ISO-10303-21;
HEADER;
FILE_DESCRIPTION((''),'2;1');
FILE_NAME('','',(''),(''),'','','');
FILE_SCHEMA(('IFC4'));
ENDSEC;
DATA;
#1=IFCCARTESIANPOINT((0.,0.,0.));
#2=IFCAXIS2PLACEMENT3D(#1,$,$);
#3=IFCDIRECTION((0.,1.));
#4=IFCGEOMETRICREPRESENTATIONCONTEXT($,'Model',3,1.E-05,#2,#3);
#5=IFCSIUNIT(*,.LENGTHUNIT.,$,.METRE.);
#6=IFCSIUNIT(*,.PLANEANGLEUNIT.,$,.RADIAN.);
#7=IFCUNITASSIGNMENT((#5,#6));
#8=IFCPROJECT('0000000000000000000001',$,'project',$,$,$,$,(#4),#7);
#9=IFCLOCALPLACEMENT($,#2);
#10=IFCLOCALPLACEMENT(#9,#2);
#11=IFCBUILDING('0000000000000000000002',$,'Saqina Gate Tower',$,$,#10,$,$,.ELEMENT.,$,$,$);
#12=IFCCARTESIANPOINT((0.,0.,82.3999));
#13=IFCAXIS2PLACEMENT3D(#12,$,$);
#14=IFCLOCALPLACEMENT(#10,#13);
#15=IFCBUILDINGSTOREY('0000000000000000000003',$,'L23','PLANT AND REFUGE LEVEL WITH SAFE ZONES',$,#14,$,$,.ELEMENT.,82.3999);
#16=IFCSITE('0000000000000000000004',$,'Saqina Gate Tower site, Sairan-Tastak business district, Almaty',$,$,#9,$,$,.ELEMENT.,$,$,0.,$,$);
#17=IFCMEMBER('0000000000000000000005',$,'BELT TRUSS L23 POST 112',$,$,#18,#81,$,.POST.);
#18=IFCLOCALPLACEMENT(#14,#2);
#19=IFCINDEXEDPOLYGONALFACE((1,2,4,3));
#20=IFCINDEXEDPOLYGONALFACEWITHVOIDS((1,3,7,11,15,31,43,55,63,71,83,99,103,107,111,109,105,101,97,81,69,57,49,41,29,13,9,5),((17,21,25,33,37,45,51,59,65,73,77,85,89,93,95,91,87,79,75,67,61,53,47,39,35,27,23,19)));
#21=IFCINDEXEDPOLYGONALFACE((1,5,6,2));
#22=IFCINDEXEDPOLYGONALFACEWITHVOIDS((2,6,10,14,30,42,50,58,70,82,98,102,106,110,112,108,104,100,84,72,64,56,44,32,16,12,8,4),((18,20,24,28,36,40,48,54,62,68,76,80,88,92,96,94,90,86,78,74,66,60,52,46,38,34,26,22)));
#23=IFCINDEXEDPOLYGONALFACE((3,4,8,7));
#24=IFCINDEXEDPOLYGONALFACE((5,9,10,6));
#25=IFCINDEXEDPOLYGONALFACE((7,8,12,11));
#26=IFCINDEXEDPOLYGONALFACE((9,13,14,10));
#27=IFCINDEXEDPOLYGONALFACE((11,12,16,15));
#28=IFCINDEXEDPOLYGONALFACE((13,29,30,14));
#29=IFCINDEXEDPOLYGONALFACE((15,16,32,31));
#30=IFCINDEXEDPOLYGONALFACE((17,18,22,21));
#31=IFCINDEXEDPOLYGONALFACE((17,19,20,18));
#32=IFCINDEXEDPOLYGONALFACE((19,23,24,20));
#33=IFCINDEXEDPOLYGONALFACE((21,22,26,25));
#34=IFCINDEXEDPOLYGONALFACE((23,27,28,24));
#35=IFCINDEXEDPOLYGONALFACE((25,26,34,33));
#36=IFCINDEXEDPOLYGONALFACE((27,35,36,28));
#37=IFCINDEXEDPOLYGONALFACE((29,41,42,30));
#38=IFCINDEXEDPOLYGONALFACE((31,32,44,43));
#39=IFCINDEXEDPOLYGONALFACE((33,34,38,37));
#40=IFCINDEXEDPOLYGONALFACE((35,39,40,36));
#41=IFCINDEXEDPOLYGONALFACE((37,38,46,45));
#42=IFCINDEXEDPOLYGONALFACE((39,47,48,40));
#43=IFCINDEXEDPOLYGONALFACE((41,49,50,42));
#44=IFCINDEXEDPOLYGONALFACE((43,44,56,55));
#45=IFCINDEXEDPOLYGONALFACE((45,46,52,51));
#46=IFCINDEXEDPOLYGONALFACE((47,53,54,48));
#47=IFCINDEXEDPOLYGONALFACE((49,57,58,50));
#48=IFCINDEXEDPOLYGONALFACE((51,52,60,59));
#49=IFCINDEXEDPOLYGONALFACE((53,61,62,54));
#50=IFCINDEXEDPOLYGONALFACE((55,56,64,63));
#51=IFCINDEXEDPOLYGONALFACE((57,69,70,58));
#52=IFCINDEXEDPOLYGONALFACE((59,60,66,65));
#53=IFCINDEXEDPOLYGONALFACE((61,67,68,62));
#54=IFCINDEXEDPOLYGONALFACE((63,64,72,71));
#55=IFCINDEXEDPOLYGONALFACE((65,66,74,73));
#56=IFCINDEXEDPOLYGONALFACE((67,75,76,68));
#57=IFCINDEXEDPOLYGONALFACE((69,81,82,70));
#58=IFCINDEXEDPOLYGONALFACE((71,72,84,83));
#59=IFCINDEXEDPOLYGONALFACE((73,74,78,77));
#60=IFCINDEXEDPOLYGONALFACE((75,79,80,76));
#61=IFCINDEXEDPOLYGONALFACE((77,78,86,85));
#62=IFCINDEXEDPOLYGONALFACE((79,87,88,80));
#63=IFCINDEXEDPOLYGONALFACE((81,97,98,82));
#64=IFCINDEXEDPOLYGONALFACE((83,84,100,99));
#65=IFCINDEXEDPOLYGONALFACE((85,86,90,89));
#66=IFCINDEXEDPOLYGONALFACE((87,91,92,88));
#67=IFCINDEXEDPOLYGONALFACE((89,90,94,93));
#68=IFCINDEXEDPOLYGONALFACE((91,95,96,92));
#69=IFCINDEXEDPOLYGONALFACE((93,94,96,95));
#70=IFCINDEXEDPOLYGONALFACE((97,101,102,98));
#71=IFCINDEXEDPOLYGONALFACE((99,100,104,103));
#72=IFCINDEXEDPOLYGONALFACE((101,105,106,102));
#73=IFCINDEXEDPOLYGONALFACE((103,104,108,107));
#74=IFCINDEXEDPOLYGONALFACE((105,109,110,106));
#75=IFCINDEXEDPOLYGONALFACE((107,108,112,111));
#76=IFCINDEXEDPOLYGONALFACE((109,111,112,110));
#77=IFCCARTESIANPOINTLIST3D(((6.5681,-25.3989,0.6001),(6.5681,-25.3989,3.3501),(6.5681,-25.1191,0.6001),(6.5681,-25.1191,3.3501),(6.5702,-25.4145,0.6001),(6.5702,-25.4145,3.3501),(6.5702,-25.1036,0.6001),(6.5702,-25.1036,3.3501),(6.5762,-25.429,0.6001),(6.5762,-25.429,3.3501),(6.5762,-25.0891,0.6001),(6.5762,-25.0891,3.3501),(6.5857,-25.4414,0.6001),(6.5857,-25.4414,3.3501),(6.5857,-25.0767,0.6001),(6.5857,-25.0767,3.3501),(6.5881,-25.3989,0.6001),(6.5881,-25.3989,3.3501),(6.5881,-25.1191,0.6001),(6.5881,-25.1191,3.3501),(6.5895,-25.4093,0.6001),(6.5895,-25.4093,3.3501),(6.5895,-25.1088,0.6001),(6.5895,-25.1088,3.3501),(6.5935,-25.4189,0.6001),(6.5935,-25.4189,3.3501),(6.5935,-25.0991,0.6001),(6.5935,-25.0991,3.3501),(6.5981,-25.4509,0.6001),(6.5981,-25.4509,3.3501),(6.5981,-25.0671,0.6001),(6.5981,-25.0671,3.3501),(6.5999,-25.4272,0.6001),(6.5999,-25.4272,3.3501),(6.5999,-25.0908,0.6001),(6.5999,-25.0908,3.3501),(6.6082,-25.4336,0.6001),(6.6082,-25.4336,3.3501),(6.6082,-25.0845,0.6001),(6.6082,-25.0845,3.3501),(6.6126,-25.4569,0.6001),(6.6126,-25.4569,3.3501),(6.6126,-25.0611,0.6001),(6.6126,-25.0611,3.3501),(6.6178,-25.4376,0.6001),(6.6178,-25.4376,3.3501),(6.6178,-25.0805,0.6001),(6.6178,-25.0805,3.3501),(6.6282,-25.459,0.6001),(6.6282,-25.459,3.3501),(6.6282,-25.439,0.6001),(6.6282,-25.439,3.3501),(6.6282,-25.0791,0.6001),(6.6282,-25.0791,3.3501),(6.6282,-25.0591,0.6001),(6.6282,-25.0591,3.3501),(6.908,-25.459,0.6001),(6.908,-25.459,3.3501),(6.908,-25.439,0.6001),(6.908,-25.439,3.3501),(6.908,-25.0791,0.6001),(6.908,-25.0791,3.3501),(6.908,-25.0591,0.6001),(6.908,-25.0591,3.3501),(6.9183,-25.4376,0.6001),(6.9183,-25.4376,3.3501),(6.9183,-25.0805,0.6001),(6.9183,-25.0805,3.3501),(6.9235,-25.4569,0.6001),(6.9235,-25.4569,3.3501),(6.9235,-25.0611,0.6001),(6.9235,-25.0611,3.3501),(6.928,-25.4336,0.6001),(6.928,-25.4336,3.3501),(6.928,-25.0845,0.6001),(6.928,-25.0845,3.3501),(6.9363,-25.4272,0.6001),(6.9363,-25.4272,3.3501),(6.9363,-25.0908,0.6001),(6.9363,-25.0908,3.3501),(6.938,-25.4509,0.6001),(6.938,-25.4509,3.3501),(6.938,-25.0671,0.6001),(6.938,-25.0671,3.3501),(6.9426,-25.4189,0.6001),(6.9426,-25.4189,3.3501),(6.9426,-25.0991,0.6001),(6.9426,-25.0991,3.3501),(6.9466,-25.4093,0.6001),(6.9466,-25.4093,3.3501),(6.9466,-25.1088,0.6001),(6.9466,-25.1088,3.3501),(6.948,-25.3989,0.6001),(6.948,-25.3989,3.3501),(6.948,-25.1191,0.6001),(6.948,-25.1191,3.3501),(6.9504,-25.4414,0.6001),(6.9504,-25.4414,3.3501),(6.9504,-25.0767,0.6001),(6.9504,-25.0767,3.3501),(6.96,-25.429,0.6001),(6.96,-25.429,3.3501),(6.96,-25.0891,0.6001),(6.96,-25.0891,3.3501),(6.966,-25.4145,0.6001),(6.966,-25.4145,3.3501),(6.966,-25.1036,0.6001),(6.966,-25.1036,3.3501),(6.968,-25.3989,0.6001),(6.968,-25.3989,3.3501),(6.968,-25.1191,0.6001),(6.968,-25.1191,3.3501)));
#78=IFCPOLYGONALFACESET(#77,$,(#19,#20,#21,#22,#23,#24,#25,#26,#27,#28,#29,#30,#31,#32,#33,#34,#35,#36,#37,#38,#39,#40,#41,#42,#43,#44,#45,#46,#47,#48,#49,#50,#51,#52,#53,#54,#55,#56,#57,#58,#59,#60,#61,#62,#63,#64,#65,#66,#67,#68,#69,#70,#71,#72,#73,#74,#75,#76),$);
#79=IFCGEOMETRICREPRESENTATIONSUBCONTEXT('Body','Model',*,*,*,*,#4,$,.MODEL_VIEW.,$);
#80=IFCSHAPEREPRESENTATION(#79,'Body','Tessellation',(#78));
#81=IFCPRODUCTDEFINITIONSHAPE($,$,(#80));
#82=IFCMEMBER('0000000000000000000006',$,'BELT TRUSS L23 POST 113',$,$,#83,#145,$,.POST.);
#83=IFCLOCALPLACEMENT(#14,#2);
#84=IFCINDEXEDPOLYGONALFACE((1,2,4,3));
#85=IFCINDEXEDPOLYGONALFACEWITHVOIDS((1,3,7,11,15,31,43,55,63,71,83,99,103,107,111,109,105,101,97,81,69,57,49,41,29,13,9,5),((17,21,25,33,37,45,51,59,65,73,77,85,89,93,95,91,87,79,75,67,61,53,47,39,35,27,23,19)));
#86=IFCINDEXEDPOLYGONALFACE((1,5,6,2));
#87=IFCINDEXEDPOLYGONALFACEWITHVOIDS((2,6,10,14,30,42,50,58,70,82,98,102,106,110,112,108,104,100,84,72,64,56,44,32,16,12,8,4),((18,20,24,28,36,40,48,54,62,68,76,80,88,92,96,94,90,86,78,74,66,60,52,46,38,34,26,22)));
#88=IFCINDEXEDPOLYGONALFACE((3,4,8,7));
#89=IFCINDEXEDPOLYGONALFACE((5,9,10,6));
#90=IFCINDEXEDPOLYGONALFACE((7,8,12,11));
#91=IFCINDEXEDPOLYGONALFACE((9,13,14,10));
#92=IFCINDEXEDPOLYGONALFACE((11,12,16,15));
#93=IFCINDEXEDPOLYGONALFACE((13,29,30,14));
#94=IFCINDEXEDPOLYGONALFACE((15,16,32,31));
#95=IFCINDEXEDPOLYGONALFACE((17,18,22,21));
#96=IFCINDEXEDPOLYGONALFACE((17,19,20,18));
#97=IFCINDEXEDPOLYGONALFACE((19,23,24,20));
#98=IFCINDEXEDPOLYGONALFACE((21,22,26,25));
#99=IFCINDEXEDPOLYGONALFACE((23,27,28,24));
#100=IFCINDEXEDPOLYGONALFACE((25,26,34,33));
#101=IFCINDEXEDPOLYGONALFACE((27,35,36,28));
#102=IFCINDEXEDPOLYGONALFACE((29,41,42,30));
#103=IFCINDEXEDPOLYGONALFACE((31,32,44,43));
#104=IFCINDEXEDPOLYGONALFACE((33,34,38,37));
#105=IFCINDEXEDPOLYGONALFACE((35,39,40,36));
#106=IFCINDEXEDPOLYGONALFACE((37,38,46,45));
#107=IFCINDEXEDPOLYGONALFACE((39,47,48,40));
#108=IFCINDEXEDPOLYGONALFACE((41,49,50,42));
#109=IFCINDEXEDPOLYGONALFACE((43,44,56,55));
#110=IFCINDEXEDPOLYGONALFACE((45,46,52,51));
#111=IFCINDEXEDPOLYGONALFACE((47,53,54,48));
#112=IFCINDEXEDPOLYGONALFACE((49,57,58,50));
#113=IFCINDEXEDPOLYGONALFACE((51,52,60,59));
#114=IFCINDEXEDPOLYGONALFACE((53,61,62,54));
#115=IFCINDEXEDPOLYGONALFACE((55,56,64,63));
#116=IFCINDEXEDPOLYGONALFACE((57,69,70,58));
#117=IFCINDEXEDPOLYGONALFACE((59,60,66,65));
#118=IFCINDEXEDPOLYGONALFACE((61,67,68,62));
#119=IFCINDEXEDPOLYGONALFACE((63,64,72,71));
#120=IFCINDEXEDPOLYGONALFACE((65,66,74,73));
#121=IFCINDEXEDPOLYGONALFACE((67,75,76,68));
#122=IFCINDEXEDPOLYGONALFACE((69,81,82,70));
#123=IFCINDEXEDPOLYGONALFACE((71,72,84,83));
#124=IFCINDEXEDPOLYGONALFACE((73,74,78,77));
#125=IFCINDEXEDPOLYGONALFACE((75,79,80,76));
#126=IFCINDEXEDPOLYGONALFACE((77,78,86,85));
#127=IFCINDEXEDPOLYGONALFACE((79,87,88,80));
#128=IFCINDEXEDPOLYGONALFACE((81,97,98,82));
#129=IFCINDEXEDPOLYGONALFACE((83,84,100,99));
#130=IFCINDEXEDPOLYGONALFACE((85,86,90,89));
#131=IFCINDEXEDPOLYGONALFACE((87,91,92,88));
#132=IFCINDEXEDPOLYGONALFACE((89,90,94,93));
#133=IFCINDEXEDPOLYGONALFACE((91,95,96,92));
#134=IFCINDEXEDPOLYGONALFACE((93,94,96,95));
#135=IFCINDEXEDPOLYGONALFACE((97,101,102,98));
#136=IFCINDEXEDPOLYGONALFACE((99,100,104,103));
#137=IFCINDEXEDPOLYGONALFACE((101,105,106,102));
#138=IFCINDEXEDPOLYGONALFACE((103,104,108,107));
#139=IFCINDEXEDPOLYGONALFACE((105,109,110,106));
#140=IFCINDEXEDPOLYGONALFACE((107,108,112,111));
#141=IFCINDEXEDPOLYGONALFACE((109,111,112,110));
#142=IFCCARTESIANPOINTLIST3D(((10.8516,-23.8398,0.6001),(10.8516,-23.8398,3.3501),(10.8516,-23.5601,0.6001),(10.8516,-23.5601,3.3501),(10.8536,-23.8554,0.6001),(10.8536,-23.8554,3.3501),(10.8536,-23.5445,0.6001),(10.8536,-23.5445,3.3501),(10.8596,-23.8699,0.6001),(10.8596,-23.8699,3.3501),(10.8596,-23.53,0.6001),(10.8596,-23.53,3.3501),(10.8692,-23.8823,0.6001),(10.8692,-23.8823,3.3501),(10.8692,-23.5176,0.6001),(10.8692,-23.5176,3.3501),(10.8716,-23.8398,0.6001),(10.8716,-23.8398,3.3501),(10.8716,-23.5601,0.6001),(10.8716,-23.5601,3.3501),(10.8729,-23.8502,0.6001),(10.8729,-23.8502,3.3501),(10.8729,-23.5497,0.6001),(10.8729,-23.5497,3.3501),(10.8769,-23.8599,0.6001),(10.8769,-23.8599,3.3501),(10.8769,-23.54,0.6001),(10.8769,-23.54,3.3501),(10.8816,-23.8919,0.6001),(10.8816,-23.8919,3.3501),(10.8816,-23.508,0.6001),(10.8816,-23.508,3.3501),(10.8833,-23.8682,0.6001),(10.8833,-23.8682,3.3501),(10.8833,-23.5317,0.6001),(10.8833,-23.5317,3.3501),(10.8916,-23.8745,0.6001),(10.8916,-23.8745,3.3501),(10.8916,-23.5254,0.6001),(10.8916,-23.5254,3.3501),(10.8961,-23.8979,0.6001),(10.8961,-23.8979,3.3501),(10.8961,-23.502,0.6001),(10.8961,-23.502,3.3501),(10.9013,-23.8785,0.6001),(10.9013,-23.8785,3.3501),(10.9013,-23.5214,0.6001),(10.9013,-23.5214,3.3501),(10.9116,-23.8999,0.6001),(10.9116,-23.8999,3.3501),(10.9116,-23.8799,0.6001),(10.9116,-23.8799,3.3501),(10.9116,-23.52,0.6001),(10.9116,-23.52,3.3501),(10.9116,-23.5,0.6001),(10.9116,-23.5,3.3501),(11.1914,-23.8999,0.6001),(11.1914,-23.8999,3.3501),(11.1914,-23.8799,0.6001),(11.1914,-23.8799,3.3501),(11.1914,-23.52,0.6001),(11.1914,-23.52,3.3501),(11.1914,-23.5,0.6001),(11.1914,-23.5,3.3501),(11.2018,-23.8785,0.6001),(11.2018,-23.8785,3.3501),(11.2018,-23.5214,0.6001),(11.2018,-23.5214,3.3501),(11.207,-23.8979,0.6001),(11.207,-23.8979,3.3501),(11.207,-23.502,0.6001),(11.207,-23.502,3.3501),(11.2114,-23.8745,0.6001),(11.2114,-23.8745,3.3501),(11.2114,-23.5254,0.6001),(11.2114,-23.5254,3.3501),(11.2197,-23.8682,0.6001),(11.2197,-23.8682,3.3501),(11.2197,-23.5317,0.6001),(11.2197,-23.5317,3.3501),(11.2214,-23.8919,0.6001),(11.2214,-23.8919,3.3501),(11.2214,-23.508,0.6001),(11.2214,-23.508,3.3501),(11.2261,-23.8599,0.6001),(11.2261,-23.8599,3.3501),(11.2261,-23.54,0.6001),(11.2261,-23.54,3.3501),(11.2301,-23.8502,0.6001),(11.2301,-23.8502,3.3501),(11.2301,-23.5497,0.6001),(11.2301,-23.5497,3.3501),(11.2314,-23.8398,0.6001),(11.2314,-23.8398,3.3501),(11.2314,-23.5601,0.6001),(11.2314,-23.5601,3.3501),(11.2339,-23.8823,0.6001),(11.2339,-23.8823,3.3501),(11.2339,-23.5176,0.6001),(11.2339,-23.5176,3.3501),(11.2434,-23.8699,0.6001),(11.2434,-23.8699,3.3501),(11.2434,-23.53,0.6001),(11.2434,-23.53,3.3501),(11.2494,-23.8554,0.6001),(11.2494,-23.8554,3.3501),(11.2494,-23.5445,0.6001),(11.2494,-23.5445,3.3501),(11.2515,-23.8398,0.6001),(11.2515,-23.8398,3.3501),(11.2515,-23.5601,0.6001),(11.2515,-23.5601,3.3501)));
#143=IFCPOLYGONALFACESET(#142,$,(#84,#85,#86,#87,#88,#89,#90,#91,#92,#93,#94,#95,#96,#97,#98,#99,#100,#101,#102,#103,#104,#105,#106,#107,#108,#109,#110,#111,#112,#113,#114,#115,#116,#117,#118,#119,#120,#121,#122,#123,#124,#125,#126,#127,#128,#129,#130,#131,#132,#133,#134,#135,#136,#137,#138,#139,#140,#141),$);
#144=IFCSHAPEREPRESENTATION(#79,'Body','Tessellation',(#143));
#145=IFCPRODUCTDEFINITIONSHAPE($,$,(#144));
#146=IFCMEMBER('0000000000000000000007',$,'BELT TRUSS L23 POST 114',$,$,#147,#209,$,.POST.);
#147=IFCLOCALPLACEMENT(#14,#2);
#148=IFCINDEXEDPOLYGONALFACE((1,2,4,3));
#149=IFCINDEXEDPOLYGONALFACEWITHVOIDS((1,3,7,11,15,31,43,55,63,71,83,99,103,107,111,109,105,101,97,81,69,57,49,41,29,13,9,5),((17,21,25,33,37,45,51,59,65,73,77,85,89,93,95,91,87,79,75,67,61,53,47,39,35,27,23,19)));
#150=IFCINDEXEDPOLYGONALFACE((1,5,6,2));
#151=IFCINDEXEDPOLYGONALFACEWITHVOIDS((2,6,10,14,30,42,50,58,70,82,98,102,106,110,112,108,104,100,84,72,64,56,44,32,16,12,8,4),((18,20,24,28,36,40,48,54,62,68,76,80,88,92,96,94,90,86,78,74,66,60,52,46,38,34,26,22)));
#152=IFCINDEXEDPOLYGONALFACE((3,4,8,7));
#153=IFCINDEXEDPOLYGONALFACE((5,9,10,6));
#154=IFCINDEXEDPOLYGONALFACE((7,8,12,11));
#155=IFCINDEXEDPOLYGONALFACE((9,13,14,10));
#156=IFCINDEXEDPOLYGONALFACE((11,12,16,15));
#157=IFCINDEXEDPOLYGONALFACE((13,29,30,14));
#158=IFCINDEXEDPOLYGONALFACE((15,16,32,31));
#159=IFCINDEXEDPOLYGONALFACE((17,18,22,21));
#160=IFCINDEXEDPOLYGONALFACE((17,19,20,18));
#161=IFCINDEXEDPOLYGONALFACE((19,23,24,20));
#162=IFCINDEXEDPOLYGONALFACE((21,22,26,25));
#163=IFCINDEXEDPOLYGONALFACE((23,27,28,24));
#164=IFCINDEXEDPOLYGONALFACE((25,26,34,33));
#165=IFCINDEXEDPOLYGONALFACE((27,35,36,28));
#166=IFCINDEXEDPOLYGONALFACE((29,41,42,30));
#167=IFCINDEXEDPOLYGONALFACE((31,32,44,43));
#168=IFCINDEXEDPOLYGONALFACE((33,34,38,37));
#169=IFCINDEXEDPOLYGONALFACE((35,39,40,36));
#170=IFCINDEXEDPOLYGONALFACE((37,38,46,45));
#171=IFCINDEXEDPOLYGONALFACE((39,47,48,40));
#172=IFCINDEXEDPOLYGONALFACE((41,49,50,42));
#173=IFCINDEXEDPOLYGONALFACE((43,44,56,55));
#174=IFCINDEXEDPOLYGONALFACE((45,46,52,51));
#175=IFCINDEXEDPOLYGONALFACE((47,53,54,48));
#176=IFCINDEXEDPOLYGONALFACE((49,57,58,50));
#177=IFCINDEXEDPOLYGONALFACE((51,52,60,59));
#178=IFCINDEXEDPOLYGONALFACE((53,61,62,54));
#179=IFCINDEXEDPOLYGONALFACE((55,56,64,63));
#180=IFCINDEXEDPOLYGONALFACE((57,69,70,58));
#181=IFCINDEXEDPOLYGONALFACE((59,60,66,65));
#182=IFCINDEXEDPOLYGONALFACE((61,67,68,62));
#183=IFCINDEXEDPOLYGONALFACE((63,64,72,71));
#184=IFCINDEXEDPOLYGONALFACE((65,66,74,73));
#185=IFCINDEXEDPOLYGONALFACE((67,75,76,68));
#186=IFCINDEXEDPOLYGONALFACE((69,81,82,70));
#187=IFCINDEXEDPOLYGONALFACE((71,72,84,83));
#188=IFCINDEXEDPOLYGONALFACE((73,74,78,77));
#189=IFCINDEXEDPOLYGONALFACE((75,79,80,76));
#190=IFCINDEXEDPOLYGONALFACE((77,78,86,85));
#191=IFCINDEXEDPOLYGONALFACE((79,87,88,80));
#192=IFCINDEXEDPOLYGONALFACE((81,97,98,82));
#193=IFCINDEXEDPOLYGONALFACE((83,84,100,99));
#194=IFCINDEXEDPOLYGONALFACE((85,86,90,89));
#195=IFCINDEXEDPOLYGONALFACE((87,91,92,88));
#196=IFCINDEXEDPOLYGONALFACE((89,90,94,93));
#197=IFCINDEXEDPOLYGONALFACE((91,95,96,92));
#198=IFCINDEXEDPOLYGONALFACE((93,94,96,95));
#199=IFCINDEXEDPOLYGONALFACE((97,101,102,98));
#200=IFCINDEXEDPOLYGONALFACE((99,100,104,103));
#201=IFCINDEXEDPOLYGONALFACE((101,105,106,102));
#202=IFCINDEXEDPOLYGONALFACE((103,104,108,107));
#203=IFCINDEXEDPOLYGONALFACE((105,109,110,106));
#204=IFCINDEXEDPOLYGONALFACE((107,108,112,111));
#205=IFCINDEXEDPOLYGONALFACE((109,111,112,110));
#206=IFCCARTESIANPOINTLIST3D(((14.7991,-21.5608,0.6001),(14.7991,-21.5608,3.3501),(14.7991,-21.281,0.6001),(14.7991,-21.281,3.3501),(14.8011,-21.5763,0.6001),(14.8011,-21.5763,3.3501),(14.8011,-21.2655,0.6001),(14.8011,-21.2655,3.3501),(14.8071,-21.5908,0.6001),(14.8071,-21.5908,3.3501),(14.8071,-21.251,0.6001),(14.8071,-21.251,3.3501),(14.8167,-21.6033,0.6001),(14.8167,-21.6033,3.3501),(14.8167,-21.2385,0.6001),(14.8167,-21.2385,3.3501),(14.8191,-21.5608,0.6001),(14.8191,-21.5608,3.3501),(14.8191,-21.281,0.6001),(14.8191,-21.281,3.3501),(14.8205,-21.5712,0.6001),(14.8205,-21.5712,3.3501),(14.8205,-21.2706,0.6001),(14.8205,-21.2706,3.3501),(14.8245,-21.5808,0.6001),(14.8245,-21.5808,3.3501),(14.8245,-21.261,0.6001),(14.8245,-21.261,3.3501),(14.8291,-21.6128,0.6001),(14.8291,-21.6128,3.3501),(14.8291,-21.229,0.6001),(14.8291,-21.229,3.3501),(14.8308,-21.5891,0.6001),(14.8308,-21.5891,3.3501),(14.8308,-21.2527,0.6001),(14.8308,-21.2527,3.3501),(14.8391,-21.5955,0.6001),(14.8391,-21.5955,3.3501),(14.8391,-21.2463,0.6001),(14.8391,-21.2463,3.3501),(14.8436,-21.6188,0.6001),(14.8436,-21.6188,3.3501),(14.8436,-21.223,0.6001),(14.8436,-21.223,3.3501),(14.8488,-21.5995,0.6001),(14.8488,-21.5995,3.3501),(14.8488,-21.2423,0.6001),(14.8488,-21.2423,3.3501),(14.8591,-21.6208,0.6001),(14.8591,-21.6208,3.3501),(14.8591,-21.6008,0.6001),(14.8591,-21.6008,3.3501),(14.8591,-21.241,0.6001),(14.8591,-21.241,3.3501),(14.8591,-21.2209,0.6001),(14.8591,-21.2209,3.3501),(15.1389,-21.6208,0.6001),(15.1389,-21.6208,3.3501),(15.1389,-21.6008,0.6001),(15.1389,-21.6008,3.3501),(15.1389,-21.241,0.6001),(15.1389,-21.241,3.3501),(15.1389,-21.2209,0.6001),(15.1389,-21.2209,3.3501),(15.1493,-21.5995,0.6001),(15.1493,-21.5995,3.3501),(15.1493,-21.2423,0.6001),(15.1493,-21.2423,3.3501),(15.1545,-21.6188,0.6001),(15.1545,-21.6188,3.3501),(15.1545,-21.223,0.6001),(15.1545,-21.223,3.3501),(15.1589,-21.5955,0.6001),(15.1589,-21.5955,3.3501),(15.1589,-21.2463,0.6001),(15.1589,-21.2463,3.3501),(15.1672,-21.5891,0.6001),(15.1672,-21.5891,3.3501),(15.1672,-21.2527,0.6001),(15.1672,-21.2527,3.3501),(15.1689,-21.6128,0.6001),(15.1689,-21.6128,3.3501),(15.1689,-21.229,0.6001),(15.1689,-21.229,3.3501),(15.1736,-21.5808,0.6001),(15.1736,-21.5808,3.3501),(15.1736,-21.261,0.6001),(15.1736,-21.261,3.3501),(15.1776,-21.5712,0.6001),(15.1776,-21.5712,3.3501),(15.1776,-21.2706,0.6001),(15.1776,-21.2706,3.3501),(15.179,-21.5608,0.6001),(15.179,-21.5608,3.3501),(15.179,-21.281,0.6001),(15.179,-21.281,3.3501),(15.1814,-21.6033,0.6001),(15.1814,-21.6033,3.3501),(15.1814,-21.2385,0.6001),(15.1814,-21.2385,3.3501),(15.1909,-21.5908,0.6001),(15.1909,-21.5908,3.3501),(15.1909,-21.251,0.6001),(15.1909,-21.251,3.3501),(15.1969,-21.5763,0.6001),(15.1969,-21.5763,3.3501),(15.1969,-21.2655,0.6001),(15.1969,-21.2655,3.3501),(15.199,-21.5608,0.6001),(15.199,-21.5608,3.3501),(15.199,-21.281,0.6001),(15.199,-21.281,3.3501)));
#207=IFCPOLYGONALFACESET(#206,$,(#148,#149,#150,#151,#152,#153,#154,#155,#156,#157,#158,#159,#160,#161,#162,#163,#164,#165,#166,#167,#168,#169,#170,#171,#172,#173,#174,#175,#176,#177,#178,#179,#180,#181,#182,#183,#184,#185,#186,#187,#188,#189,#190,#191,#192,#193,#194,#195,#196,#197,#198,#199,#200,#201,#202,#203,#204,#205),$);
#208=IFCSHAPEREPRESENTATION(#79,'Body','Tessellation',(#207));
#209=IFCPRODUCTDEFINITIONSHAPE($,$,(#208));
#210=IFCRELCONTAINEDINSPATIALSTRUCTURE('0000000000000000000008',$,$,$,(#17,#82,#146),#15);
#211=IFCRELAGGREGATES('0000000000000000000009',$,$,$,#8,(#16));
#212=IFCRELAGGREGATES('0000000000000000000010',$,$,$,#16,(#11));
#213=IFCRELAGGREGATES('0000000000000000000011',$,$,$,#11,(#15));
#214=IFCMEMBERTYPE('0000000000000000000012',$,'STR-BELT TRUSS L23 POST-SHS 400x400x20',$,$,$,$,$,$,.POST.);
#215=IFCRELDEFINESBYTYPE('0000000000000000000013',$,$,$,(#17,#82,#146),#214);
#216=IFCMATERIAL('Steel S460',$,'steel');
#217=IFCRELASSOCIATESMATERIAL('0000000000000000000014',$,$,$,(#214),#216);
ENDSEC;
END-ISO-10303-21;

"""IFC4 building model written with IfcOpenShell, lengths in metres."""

from ifc_helpers import new_model, si_unit, direction, frame, origin, origin_2d, place, context, subcontext, project, spatial, hollow_rectangle, extrude, material, material_profile, profile_set, type_object, element, save


model = new_model("IFC4")

# Units and contexts
model_context = context("Model", 3, precision=1e-05, world=origin(), true_north=direction((0.0, 1.0)))
body_context = subcontext(model_context, "Body", "Model", "MODEL_VIEW")
ifc_project = project(units=[si_unit("LENGTHUNIT", "METRE"), si_unit("PLANEANGLEUNIT", "RADIAN")], contexts=[model_context])

# Site, building, storey
site_placement = place(None, origin())
site = spatial("IfcSite", under=ifc_project, at=site_placement, Name="Saqina Gate Tower site, Sairan-Tastak business district, Almaty", CompositionType="ELEMENT", RefElevation=0.0)
building_placement = place(site_placement, origin())
building = spatial("IfcBuilding", under=site, at=building_placement, Name="Saqina Gate Tower", CompositionType="ELEMENT")
storey_placement = place(building_placement, frame((0.0, 0.0, 82.3999)))
storey = spatial("IfcBuildingStorey", under=building, at=storey_placement, Name="L23", Description="PLANT AND REFUGE LEVEL WITH SAFE ZONES", CompositionType="ELEMENT", Elevation=82.3999)

# Members
ifc_material_1 = material(Name="Steel S460", Category="steel")
ifc_material_profile_1 = material_profile(ifc_material_1, hollow_rectangle(XDim=0.3999, YDim=0.3999, WallThickness=0.02, InnerFilletRadius=0.04, OuterFilletRadius=0.0601, at=origin_2d()), Name="SHS 400x400x20")
ifc_profile_set_1 = profile_set([ifc_material_profile_1], Name="Steel S460")
member_type_1 = type_object("IfcMemberType", Name="STR-BELT TRUSS L23 POST-SHS 400x400x20", PredefinedType="POST", material=ifc_profile_set_1)
for number, where, z_axis, x_axis, name in (
    (1, (6.7681, -25.259, 0.6001), (0.0, 0.0, 1.0), (1.0, 0.0, 0.0), "BELT TRUSS L23 POST 112"),
    (2, (11.0515, -23.7, 0.6001), (0.0, 0.0, 1.0), (1.0, 0.0, 0.0), "BELT TRUSS L23 POST 113"),
    (3, (14.999, -21.4209, 0.6001), (0.0, 0.0, 1.0), (1.0, 0.0, 0.0), "BELT TRUSS L23 POST 114"),
):
    element("IfcMember", number, at=place(storey_placement, frame(where, z_axis=z_axis, x_axis=x_axis)), inside=storey, type_object=member_type_1, Name=name, PredefinedType="POST", context=body_context, shape_type="SweptSolid", body=[
        extrude(hollow_rectangle(XDim=0.3999, YDim=0.3999, WallThickness=0.02, InnerFilletRadius=0.04, OuterFilletRadius=0.0601, at=origin_2d()), origin(), (0.0, 0.0, 1.0), 2.75),
    ])

save(model, "model.ifc")
